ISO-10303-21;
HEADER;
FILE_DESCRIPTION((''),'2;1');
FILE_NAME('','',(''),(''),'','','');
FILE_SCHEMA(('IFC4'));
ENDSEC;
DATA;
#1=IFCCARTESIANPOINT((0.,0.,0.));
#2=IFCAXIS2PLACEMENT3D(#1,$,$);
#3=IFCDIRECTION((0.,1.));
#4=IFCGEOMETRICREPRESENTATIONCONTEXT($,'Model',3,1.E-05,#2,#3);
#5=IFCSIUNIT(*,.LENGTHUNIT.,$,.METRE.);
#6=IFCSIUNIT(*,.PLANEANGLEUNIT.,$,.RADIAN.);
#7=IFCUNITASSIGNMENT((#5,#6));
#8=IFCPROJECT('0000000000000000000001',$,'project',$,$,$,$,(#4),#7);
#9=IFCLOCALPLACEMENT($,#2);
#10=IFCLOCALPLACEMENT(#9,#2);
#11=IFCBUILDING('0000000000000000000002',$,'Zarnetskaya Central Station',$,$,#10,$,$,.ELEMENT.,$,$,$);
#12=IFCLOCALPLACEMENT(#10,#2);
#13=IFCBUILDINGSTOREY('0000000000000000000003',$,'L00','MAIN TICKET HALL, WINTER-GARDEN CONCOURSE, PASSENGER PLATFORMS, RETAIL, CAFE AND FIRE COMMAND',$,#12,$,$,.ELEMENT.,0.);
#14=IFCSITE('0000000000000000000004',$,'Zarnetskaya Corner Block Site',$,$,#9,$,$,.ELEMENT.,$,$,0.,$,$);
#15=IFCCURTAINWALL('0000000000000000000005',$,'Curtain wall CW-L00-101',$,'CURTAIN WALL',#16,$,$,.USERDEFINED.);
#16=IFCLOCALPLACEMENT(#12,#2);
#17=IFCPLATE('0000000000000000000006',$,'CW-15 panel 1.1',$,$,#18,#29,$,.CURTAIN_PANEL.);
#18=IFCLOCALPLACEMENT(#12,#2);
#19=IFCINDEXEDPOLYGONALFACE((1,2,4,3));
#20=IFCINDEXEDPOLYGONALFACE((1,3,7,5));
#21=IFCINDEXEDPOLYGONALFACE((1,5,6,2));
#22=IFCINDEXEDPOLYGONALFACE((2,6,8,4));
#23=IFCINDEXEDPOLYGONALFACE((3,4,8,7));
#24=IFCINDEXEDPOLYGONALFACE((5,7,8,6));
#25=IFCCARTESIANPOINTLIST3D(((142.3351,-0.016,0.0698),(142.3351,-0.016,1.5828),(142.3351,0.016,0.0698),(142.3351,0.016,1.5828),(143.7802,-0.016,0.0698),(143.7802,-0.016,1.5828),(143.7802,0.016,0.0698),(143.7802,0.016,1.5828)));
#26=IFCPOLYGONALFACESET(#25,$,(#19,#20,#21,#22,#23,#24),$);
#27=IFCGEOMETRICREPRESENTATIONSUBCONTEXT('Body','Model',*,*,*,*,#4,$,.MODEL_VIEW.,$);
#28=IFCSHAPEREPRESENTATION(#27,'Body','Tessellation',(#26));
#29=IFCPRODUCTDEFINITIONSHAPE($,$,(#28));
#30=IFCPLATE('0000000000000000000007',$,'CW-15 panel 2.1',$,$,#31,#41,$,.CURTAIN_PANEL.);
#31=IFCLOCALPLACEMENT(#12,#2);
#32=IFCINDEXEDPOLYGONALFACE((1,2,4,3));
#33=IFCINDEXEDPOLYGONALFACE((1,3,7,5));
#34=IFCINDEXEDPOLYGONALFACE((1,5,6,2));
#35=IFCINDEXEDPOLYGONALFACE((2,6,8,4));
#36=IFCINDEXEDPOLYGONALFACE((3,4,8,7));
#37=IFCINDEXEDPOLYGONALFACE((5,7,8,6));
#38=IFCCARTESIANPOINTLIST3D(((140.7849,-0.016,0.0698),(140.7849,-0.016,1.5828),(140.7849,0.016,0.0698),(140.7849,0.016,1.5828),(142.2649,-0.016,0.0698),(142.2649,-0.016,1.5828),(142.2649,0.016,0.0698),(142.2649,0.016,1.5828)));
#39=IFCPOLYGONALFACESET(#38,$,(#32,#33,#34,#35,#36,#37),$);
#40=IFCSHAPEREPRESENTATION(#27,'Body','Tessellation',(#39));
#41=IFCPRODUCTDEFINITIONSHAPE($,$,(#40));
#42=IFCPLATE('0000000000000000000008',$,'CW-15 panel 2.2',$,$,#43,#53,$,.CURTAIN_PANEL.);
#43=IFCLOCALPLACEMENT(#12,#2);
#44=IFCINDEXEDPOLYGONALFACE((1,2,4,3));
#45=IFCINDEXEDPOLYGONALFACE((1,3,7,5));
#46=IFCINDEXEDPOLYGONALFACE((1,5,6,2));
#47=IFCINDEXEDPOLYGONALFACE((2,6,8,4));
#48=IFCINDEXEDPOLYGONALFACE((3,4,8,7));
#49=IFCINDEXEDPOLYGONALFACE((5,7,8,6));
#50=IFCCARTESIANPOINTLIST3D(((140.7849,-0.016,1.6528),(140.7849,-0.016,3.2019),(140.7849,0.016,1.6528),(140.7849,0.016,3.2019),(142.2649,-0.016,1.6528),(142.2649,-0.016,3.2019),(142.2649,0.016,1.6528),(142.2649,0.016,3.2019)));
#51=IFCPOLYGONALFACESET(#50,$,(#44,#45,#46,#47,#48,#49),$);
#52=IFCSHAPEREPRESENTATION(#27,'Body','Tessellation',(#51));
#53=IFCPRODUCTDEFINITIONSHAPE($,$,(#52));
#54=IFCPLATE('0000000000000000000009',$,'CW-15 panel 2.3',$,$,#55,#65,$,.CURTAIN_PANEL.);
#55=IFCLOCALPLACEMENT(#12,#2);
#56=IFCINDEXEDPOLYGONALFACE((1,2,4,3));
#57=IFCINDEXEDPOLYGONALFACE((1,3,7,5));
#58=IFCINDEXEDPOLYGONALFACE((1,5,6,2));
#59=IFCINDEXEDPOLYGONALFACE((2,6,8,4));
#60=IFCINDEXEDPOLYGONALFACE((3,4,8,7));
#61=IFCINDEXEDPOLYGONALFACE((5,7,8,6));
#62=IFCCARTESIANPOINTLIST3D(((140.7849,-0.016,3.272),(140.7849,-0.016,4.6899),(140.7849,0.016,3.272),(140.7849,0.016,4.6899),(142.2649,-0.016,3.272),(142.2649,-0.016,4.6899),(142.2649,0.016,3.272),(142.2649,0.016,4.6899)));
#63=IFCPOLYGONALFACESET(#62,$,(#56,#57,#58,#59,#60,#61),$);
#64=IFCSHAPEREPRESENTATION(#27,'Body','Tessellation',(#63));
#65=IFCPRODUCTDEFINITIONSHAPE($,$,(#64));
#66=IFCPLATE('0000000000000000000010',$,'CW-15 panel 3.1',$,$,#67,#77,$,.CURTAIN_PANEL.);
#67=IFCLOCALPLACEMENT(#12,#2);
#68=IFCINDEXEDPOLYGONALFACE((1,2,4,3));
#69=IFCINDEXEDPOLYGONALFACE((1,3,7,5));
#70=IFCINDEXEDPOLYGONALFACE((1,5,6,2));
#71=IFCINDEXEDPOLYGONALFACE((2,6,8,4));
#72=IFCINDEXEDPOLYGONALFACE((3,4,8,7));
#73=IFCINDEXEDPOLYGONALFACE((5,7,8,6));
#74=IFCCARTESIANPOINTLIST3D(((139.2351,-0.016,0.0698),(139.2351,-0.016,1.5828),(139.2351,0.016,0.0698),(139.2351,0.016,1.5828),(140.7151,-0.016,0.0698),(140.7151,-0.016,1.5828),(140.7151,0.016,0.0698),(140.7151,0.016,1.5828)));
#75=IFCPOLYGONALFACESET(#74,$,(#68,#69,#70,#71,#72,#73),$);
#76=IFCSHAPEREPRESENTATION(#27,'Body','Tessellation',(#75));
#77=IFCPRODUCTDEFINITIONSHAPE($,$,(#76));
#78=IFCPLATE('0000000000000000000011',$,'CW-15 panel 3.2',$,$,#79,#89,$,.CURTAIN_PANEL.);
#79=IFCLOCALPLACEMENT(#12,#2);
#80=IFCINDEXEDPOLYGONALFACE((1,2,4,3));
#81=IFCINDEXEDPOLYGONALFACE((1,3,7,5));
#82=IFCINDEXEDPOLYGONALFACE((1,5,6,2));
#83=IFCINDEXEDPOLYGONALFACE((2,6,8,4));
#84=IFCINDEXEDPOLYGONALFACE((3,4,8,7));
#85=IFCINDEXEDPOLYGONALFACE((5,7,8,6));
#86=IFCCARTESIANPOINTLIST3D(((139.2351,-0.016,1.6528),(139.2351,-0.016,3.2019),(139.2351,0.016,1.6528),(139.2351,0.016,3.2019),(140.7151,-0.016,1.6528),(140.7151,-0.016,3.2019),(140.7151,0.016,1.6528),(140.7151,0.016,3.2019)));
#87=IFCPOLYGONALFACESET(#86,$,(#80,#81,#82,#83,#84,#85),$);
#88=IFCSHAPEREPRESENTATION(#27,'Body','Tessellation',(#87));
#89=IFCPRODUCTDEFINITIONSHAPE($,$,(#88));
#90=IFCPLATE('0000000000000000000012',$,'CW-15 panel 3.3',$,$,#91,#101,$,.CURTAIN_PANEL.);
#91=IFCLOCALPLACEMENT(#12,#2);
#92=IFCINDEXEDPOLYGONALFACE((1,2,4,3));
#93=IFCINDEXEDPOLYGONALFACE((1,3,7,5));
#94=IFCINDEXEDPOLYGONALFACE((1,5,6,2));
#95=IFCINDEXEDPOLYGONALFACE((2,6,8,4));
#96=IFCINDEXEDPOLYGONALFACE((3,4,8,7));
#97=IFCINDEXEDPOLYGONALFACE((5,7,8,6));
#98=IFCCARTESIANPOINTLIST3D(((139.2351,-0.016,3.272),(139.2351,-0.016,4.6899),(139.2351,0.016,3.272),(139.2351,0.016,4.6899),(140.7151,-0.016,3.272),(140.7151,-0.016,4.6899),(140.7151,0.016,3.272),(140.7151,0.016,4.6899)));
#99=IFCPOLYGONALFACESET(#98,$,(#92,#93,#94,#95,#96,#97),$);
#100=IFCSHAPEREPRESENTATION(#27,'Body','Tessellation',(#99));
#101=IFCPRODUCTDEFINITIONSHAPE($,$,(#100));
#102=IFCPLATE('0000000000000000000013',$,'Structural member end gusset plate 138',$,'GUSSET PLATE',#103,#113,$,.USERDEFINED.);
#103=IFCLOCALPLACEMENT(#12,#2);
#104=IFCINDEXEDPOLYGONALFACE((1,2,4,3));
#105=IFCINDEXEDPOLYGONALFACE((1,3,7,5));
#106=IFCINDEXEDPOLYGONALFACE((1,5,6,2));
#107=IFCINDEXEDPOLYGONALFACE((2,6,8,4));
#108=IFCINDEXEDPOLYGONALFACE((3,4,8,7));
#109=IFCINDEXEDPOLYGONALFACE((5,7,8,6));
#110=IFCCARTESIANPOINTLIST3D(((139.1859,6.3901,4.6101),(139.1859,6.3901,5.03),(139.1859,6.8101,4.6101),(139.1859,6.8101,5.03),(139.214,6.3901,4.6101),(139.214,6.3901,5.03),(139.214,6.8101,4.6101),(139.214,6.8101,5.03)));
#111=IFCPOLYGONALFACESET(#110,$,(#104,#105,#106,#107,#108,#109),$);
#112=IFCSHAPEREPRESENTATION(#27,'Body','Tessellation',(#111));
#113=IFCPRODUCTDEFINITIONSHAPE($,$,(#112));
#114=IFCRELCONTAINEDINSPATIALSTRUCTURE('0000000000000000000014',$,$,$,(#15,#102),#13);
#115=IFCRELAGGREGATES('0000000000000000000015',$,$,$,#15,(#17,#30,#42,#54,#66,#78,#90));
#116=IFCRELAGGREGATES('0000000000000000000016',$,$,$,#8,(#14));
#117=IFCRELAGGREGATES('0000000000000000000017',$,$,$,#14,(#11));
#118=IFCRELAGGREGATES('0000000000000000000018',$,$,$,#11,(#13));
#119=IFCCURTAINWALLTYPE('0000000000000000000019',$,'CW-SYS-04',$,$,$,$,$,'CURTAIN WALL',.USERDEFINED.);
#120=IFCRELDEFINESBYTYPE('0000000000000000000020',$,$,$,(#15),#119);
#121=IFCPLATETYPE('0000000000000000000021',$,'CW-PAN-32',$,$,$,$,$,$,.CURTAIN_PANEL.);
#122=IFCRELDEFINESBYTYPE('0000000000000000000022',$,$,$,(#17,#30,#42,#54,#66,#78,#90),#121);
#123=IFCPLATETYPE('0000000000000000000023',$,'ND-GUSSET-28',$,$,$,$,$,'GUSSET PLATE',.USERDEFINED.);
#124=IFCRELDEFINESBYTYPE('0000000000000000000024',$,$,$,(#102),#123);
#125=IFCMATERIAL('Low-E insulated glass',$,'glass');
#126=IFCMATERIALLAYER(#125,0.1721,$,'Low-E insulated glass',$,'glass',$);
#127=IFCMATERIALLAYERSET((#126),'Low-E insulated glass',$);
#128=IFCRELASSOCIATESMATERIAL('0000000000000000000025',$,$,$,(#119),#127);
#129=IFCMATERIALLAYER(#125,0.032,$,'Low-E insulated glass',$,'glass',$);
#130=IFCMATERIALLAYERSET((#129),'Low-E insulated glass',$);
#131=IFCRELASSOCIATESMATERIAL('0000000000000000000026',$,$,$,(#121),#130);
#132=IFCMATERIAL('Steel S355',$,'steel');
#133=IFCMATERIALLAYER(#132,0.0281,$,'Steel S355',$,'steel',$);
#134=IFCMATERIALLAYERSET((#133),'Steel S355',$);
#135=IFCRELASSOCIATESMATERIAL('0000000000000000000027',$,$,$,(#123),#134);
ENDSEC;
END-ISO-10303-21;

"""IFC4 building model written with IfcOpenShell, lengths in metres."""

from ifc_helpers import new_model, si_unit, direction, frame, origin, origin_2d, place, context, subcontext, project, spatial, rectangle, extrude, material, layer, layer_set, type_object, element, aggregate, save


model = new_model("IFC4")

# Units and contexts
model_context = context("Model", 3, precision=1e-05, world=origin(), true_north=direction((0.0, 1.0)))
body_context = subcontext(model_context, "Body", "Model", "MODEL_VIEW")
ifc_project = project(units=[si_unit("LENGTHUNIT", "METRE"), si_unit("PLANEANGLEUNIT", "RADIAN")], contexts=[model_context])

# Site, building, storey
site_placement = place(None, origin())
site = spatial("IfcSite", under=ifc_project, at=site_placement, Name="Zarnetskaya Corner Block Site", CompositionType="ELEMENT", RefElevation=0.0)
building_placement = place(site_placement, origin())
building = spatial("IfcBuilding", under=site, at=building_placement, Name="Zarnetskaya Central Station", CompositionType="ELEMENT")
storey_placement = place(building_placement, origin())
storey = spatial("IfcBuildingStorey", under=building, at=storey_placement, Name="L00", Description="MAIN TICKET HALL, WINTER-GARDEN CONCOURSE, PASSENGER PLATFORMS, RETAIL, CAFE AND FIRE COMMAND", CompositionType="ELEMENT", Elevation=0.0)

# Curtain wall
ifc_material_1 = material(Name="Low-E insulated glass", Category="glass")
ifc_layer_1 = layer(ifc_material_1, 0.1721, Name="Low-E insulated glass", Category="glass")
ifc_layer_set_1 = layer_set([ifc_layer_1], Name="Low-E insulated glass")
curtain_wall_type = type_object("IfcCurtainWallType", Name="CW-SYS-04", ElementType="CURTAIN WALL", PredefinedType="USERDEFINED", material=ifc_layer_set_1)
curtain_wall_1_placement = place(storey_placement, origin())
curtain_wall_1 = element("IfcCurtainWall", 1, at=curtain_wall_1_placement, inside=storey, type_object=curtain_wall_type, Name="Curtain wall CW-L00-101", ObjectType="CURTAIN WALL", PredefinedType="USERDEFINED")

# Plates
ifc_layer_2 = layer(ifc_material_1, 0.032, Name="Low-E insulated glass", Category="glass")
ifc_layer_set_2 = layer_set([ifc_layer_2], Name="Low-E insulated glass")
plate_type_1 = type_object("IfcPlateType", Name="CW-PAN-32", PredefinedType="CURTAIN_PANEL", material=ifc_layer_set_2)
plate_1_placement = place(storey_placement, frame((143.0576, 0.0, 0.0698), z_axis=(0.0, 0.0, 1.0), x_axis=(-1.0, 0.0, 0.0)))
plate_1 = element("IfcPlate", 2, at=plate_1_placement, type_object=plate_type_1, Name="CW-15 panel 1.1", PredefinedType="CURTAIN_PANEL", context=body_context, shape_type="SweptSolid", body=[
    extrude(rectangle(XDim=1.4451, YDim=0.032, at=origin_2d()), origin(), (0.0, 0.0, 1.0), 1.5129),
])
plate_2_placement = place(storey_placement, frame((141.5249, 0.0, 0.0698), z_axis=(0.0, 0.0, 1.0), x_axis=(-1.0, 0.0, 0.0)))
plate_2 = element("IfcPlate", 3, at=plate_2_placement, type_object=plate_type_1, Name="CW-15 panel 2.1", PredefinedType="CURTAIN_PANEL", context=body_context, shape_type="SweptSolid", body=[
    extrude(rectangle(XDim=1.48, YDim=0.032, at=origin_2d()), origin(), (0.0, 0.0, 1.0), 1.5129),
])
plate_3_placement = place(storey_placement, frame((141.5249, 0.0, 1.6528), z_axis=(0.0, 0.0, 1.0), x_axis=(-1.0, 0.0, 0.0)))
plate_3 = element("IfcPlate", 4, at=plate_3_placement, type_object=plate_type_1, Name="CW-15 panel 2.2", PredefinedType="CURTAIN_PANEL", context=body_context, shape_type="SweptSolid", body=[
    extrude(rectangle(XDim=1.48, YDim=0.032, at=origin_2d()), origin(), (0.0, 0.0, 1.0), 1.5491),
])
plate_4_placement = place(storey_placement, frame((141.5249, 0.0, 3.272), z_axis=(0.0, 0.0, 1.0), x_axis=(-1.0, 0.0, 0.0)))
plate_4 = element("IfcPlate", 5, at=plate_4_placement, type_object=plate_type_1, Name="CW-15 panel 2.3", PredefinedType="CURTAIN_PANEL", context=body_context, shape_type="SweptSolid", body=[
    extrude(rectangle(XDim=1.48, YDim=0.032, at=origin_2d()), origin(), (0.0, 0.0, 1.0), 1.418),
])
plate_5_placement = place(storey_placement, frame((139.9751, 0.0, 0.0698), z_axis=(0.0, 0.0, 1.0), x_axis=(-1.0, 0.0, 0.0)))
plate_5 = element("IfcPlate", 6, at=plate_5_placement, type_object=plate_type_1, Name="CW-15 panel 3.1", PredefinedType="CURTAIN_PANEL", context=body_context, shape_type="SweptSolid", body=[
    extrude(rectangle(XDim=1.48, YDim=0.032, at=origin_2d()), origin(), (0.0, 0.0, 1.0), 1.5129),
])
plate_6_placement = place(storey_placement, frame((139.9751, 0.0, 1.6528), z_axis=(0.0, 0.0, 1.0), x_axis=(-1.0, 0.0, 0.0)))
plate_6 = element("IfcPlate", 7, at=plate_6_placement, type_object=plate_type_1, Name="CW-15 panel 3.2", PredefinedType="CURTAIN_PANEL", context=body_context, shape_type="SweptSolid", body=[
    extrude(rectangle(XDim=1.48, YDim=0.032, at=origin_2d()), origin(), (0.0, 0.0, 1.0), 1.5491),
])
plate_7_placement = place(storey_placement, frame((139.9751, 0.0, 3.272), z_axis=(0.0, 0.0, 1.0), x_axis=(-1.0, 0.0, 0.0)))
plate_7 = element("IfcPlate", 8, at=plate_7_placement, type_object=plate_type_1, Name="CW-15 panel 3.3", PredefinedType="CURTAIN_PANEL", context=body_context, shape_type="SweptSolid", body=[
    extrude(rectangle(XDim=1.48, YDim=0.032, at=origin_2d()), origin(), (0.0, 0.0, 1.0), 1.418),
])
aggregate(curtain_wall_1, [plate_1, plate_2, plate_3, plate_4, plate_5, plate_6, plate_7])
ifc_material_2 = material(Name="Steel S355", Category="steel")
ifc_layer_3 = layer(ifc_material_2, 0.0281, Name="Steel S355", Category="steel")
ifc_layer_set_3 = layer_set([ifc_layer_3], Name="Steel S355")
plate_type_2 = type_object("IfcPlateType", Name="ND-GUSSET-28", ElementType="GUSSET PLATE", PredefinedType="USERDEFINED", material=ifc_layer_set_3)
plate_8_placement = place(storey_placement, frame((139.2, 6.6001, 4.6101), z_axis=(0.0, 0.0, 1.0), x_axis=(1.0, 0.0, 0.0)))
element("IfcPlate", 9, at=plate_8_placement, inside=storey, type_object=plate_type_2, Name="Structural member end gusset plate 138", ObjectType="GUSSET PLATE", PredefinedType="USERDEFINED", context=body_context, shape_type="SweptSolid", body=[
    extrude(rectangle(XDim=0.0281, YDim=0.4199, at=origin_2d()), origin(), (0.0, 0.0, 1.0), 0.4199),
])

save(model, "model.ifc")
